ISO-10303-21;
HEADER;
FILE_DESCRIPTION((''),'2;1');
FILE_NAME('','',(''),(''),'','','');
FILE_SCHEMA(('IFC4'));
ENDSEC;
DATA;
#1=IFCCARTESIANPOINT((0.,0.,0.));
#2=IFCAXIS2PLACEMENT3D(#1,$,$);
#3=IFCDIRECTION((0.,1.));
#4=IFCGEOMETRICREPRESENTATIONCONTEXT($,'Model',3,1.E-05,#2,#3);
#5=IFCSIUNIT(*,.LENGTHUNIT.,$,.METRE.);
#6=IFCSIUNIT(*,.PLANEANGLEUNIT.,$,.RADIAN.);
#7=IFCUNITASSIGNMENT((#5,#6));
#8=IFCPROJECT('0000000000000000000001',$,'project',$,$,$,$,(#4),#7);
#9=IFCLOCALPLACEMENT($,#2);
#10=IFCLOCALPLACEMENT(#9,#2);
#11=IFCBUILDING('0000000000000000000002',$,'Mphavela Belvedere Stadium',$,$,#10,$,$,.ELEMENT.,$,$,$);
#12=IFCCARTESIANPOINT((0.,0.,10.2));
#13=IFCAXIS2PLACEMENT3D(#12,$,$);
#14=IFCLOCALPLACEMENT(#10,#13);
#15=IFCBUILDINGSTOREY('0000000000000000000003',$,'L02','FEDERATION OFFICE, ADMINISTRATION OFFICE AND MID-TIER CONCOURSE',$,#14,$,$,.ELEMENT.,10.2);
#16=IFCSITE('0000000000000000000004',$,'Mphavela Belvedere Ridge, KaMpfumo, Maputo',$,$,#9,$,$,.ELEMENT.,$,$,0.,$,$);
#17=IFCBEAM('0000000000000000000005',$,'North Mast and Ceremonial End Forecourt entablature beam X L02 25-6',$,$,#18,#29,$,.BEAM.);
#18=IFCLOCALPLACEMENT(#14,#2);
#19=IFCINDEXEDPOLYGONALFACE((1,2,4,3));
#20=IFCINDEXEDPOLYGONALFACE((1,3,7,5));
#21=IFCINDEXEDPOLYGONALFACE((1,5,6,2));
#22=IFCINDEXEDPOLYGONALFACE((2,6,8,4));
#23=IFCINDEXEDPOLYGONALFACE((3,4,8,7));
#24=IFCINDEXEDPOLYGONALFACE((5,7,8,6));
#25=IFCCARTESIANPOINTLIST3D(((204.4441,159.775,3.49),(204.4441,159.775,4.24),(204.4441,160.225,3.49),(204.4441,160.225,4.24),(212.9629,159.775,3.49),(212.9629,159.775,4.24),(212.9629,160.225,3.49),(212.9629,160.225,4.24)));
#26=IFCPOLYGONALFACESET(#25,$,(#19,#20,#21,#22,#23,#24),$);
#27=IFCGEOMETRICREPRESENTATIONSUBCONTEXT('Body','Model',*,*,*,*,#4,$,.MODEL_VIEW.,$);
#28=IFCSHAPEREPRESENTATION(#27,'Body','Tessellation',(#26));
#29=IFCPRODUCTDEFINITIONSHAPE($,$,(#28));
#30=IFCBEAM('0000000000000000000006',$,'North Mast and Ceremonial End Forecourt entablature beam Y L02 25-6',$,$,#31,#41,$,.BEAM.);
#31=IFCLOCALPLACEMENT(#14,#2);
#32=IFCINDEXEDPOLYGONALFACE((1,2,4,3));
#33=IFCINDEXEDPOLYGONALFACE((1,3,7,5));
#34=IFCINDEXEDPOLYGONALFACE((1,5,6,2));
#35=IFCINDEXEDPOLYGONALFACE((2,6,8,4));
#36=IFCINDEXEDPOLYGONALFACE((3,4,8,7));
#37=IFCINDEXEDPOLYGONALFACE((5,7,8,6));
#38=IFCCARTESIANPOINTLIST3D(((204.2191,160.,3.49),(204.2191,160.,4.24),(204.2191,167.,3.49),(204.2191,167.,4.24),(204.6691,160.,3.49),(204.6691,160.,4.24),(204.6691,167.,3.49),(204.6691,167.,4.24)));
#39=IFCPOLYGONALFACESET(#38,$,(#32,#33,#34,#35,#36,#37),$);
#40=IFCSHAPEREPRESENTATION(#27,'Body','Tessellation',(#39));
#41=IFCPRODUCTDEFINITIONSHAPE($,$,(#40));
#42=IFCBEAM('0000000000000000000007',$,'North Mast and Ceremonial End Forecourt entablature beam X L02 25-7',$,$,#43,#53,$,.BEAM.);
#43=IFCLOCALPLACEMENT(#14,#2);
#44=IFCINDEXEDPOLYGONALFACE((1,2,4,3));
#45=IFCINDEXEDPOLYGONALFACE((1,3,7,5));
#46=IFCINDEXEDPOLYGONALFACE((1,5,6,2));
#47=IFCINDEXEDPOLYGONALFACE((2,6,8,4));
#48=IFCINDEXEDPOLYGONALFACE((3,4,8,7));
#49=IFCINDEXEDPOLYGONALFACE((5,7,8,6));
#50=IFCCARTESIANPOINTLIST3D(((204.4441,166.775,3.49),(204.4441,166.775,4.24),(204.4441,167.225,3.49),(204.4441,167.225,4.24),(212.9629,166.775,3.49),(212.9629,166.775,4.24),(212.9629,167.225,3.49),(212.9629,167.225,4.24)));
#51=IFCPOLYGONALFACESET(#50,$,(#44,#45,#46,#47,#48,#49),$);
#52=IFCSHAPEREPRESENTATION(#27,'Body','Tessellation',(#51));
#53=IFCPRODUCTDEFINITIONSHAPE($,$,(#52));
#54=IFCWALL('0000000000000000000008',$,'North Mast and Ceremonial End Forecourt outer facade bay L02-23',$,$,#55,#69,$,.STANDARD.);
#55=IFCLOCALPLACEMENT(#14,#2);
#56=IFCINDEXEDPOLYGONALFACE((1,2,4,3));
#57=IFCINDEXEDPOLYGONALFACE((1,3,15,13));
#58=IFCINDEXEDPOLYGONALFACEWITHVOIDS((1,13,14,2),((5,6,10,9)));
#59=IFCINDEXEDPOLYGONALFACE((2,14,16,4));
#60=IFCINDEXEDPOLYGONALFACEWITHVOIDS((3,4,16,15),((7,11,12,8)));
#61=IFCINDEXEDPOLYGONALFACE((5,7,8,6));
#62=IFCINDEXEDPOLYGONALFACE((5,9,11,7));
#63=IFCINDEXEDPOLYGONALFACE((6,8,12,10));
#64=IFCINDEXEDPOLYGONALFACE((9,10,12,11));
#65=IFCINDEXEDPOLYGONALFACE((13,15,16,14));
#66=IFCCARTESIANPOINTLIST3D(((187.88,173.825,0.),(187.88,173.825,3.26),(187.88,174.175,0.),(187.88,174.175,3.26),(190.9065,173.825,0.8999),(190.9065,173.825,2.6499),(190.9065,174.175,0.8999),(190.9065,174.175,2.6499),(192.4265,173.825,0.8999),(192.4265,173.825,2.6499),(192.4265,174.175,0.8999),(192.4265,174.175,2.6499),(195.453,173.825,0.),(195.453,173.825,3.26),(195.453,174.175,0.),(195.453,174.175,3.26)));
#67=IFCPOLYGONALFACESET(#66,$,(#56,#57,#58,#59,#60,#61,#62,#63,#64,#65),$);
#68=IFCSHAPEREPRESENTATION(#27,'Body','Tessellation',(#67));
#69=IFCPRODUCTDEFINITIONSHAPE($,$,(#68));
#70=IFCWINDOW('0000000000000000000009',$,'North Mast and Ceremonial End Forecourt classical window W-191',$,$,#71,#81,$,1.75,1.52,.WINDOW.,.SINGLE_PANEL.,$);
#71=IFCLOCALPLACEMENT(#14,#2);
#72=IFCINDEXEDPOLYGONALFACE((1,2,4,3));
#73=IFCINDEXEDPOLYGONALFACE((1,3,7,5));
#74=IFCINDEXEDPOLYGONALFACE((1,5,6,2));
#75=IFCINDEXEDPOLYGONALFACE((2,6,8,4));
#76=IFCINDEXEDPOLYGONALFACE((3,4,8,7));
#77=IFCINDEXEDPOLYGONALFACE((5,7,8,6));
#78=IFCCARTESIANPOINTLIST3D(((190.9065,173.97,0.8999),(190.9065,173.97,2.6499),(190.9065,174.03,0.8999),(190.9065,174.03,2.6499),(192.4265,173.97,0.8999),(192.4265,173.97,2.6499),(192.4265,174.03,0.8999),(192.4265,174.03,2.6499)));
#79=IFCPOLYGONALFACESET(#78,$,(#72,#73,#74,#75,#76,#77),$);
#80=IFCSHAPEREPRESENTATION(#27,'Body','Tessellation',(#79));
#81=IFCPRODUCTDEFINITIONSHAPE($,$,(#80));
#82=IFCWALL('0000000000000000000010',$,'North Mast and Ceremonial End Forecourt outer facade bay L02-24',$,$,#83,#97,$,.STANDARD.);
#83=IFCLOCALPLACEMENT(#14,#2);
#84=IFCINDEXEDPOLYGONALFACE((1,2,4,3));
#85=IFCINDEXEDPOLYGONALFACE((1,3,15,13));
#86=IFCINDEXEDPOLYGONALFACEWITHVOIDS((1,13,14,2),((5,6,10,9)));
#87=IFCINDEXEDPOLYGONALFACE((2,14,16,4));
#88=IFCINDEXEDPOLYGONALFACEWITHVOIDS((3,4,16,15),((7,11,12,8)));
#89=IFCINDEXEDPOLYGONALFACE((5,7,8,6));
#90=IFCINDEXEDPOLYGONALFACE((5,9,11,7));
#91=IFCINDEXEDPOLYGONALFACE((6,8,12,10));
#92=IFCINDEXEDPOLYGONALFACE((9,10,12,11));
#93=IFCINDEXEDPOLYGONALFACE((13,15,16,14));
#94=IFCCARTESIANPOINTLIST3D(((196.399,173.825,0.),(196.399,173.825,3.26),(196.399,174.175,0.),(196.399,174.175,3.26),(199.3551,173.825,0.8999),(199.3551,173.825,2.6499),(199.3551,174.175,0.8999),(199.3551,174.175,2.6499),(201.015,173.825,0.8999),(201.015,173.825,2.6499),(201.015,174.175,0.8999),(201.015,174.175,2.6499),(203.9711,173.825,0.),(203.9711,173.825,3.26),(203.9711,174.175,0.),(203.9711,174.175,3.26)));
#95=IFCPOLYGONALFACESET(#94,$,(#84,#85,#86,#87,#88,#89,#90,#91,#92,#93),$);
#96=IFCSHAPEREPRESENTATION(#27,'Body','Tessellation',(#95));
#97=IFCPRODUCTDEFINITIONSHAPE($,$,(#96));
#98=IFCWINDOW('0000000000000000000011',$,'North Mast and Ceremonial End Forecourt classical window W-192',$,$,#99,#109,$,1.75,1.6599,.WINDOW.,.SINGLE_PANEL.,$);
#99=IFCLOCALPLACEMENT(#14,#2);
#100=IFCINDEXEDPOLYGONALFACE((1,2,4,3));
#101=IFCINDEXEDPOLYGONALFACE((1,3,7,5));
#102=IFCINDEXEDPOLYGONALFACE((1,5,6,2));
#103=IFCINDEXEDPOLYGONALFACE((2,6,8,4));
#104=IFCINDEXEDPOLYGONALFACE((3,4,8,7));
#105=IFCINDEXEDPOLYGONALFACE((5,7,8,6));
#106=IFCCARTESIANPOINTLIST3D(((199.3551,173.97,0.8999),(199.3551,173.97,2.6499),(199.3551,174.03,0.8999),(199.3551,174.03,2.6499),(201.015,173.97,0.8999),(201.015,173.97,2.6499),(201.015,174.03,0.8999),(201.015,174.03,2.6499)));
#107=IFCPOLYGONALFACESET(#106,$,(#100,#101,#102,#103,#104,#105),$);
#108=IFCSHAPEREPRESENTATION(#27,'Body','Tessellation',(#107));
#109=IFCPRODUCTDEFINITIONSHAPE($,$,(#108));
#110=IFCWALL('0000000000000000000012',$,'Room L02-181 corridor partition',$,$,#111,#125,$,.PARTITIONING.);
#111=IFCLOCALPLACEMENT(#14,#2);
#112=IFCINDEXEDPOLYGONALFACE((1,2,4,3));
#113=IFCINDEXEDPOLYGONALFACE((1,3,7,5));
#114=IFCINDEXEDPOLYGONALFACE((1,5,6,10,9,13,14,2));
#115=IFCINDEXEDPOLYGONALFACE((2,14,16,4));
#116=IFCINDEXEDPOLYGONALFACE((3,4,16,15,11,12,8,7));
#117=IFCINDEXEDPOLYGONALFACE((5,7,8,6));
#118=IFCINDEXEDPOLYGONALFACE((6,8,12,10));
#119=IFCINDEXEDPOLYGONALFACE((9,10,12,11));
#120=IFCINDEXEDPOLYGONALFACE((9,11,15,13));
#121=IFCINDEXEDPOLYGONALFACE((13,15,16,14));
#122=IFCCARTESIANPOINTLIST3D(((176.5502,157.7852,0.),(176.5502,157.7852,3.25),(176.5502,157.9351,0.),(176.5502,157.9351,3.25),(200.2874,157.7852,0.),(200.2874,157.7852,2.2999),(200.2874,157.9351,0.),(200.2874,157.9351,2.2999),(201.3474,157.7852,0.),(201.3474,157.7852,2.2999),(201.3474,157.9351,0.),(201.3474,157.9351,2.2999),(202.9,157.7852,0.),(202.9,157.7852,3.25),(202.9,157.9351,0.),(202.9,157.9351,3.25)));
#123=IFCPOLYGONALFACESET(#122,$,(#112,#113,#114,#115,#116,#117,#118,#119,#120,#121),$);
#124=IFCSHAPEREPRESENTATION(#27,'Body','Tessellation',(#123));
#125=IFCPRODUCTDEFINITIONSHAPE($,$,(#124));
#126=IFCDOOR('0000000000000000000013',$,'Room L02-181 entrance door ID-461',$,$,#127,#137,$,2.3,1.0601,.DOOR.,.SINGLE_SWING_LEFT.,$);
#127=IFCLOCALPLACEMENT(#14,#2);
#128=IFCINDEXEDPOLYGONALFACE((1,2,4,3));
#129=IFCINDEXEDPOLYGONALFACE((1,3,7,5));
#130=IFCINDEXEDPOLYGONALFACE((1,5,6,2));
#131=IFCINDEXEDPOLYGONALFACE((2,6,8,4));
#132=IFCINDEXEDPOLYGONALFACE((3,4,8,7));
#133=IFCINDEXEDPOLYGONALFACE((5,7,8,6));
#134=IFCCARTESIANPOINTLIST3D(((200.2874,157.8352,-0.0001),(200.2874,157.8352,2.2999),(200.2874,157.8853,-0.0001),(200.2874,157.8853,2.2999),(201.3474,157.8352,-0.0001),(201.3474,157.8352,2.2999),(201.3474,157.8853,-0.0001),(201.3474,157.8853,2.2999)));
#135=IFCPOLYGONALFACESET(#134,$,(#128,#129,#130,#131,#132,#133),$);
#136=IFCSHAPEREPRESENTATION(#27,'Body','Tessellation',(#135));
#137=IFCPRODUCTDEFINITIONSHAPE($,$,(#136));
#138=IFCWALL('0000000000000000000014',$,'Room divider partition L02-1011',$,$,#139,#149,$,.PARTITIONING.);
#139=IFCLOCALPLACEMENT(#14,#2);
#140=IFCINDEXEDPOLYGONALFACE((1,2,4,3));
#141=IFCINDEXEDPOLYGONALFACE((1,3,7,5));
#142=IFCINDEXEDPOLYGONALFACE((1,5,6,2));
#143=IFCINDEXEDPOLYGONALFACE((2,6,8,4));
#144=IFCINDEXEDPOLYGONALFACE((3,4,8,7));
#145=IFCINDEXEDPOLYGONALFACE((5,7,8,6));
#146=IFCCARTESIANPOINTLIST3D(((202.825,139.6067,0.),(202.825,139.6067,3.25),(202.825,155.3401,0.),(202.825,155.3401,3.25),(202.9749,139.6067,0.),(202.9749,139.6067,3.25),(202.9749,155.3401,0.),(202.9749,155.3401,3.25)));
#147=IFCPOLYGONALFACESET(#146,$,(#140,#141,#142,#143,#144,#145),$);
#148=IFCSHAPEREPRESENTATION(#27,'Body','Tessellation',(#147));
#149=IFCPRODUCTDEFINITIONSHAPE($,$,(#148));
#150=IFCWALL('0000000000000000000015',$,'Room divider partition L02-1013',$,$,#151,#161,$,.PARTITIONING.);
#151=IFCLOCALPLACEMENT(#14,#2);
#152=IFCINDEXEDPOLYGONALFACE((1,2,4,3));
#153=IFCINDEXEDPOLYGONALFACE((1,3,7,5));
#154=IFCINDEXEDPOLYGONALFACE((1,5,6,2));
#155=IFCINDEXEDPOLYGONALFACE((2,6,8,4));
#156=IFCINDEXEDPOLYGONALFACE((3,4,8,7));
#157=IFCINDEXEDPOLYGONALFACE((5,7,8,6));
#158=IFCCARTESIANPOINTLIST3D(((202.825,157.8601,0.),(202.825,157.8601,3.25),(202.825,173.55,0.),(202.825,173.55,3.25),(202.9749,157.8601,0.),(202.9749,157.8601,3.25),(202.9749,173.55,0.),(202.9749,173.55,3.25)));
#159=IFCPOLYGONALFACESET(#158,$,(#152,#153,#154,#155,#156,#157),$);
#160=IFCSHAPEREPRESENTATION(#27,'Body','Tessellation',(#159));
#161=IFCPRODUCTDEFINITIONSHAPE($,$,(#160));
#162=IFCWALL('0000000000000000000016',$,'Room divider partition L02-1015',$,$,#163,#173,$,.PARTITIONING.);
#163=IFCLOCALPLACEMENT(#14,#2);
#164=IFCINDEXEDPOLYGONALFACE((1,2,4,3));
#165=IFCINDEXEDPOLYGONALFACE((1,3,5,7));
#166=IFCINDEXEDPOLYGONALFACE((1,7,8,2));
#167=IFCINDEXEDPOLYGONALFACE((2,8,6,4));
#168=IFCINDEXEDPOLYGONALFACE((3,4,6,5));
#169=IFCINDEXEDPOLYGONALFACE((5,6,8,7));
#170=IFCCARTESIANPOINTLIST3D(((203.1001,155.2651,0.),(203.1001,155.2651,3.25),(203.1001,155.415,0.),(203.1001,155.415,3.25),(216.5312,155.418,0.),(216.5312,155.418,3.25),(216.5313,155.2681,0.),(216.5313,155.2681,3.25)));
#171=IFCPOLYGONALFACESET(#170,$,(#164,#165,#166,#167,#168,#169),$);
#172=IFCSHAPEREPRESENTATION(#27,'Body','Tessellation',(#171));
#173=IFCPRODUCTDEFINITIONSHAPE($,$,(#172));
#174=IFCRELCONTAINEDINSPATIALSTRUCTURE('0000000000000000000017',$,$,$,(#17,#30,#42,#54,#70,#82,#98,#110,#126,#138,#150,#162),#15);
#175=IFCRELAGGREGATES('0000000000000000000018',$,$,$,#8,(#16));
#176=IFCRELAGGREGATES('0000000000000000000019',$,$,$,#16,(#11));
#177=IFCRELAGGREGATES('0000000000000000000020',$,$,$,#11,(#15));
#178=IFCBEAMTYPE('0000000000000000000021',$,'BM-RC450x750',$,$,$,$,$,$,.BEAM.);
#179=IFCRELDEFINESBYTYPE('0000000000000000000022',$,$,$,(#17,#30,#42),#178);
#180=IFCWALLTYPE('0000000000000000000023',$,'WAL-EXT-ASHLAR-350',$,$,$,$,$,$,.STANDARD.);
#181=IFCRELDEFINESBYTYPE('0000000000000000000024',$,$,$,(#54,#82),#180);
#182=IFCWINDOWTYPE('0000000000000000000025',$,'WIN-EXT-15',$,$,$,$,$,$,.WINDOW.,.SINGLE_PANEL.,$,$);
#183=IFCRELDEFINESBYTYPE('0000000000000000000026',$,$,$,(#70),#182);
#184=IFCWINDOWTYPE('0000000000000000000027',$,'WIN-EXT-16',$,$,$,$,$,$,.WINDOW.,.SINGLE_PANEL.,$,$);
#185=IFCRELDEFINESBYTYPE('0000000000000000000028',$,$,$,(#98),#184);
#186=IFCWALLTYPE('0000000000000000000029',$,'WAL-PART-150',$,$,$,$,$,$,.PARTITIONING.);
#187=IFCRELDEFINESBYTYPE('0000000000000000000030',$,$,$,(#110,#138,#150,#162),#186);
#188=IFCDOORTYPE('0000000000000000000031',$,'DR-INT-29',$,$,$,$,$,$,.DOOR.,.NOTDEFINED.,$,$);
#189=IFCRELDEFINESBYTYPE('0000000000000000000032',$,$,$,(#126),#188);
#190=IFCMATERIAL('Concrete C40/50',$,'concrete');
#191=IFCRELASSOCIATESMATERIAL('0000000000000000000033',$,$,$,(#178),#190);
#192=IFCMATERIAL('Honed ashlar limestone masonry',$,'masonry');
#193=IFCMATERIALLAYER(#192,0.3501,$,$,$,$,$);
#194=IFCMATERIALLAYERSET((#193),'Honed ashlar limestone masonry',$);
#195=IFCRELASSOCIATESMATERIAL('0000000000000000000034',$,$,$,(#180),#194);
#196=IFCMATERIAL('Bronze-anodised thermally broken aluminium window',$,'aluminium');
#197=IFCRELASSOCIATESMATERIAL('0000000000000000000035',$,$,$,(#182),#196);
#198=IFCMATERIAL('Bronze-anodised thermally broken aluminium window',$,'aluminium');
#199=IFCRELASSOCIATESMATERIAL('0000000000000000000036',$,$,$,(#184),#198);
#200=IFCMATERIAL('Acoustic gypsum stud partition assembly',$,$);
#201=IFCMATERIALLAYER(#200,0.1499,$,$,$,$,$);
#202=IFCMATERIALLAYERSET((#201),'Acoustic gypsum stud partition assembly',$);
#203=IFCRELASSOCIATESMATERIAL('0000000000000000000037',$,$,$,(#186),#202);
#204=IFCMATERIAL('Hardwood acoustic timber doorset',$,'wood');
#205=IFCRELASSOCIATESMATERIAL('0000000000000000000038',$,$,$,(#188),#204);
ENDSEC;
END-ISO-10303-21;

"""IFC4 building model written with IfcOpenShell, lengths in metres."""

from ifc_helpers import new_model, si_unit, direction, frame, frame_2d, origin, origin_2d, place, context, subcontext, project, spatial, rectangle, extrude, material, layer, layer_set, material_profile, profile_set, type_object, element, fill, save


model = new_model("IFC4")

# Units and contexts
model_context = context("Model", 3, precision=1e-05, world=origin(), true_north=direction((0.0, 1.0)))
body_context = subcontext(model_context, "Body", "Model", "MODEL_VIEW")
ifc_project = project(units=[si_unit("LENGTHUNIT", "METRE"), si_unit("PLANEANGLEUNIT", "RADIAN")], contexts=[model_context])

# Site, building, storey
site_placement = place(None, origin())
site = spatial("IfcSite", under=ifc_project, at=site_placement, Name="Mphavela Belvedere Ridge, KaMpfumo, Maputo", CompositionType="ELEMENT", RefElevation=0.0)
building_placement = place(site_placement, origin())
building = spatial("IfcBuilding", under=site, at=building_placement, Name="Mphavela Belvedere Stadium", CompositionType="ELEMENT")
storey_placement = place(building_placement, frame((0.0, 0.0, 10.2)))
storey = spatial("IfcBuildingStorey", under=building, at=storey_placement, Name="L02", Description="FEDERATION OFFICE, ADMINISTRATION OFFICE AND MID-TIER CONCOURSE", CompositionType="ELEMENT", Elevation=10.2)

# Beams
ifc_material_1 = material(Name="Concrete C40/50", Category="concrete")
ifc_material_profile_1 = material_profile(ifc_material_1, rectangle(XDim=0.45, YDim=0.75, at=origin_2d()), Name="RC 450x750")
ifc_profile_set_1 = profile_set([ifc_material_profile_1], Name="Concrete C40/50")
beam_type_1 = type_object("IfcBeamType", Name="BM-RC450x750", PredefinedType="BEAM", material=ifc_profile_set_1)
beam_1_placement = place(storey_placement, frame((204.4441, 160.0, 3.865), z_axis=(1.0, 0.0, 0.0), x_axis=(0.0, 1.0, 0.0)))
element("IfcBeam", 1, at=beam_1_placement, inside=storey, type_object=beam_type_1, Name="North Mast and Ceremonial End Forecourt entablature beam X L02 25-6", PredefinedType="BEAM", context=body_context, shape_type="SweptSolid", body=[
    extrude(rectangle(XDim=0.45, YDim=0.75, at=origin_2d()), origin(), (0.0, 0.0, 1.0), 8.5188),
])
beam_2_placement = place(storey_placement, frame((204.4441, 160.0, 3.865), z_axis=(0.0, 1.0, 0.0), x_axis=(-1.0, 0.0, 0.0)))
element("IfcBeam", 2, at=beam_2_placement, inside=storey, type_object=beam_type_1, Name="North Mast and Ceremonial End Forecourt entablature beam Y L02 25-6", PredefinedType="BEAM", context=body_context, shape_type="SweptSolid", body=[
    extrude(rectangle(XDim=0.45, YDim=0.75, at=origin_2d()), origin(), (0.0, 0.0, 1.0), 7.0),
])
beam_3_placement = place(storey_placement, frame((204.4441, 167.0, 3.865), z_axis=(1.0, 0.0, 0.0), x_axis=(0.0, 1.0, 0.0)))
element("IfcBeam", 3, at=beam_3_placement, inside=storey, type_object=beam_type_1, Name="North Mast and Ceremonial End Forecourt entablature beam X L02 25-7", PredefinedType="BEAM", context=body_context, shape_type="SweptSolid", body=[
    extrude(rectangle(XDim=0.45, YDim=0.75, at=origin_2d()), origin(), (0.0, 0.0, 1.0), 8.5188),
])

# Walls, openings, windows
ifc_material_2 = material(Name="Honed ashlar limestone masonry", Category="masonry")
ifc_layer_1 = layer(ifc_material_2, 0.3501)
ifc_layer_set_1 = layer_set([ifc_layer_1], Name="Honed ashlar limestone masonry")
wall_type_1 = type_object("IfcWallType", Name="WAL-EXT-ASHLAR-350", PredefinedType="STANDARD", material=ifc_layer_set_1)
wall_1_placement = place(storey_placement, frame((187.8799, 174.0, 0.0), z_axis=(0.0, 0.0, 1.0), x_axis=(1.0, 0.0, 0.0)))
wall_1 = element("IfcWall", 4, at=wall_1_placement, inside=storey, type_object=wall_type_1, Name="North Mast and Ceremonial End Forecourt outer facade bay L02-23", PredefinedType="STANDARD", context=body_context, shape_type="SweptSolid", body=[
    extrude(rectangle(XDim=7.573, YDim=0.3501, at=frame_2d((3.7866, 0.0))), origin(), (0.0, 0.0, 1.0), 3.26),
])
opening_1_placement = place(wall_1_placement, frame((3.0266, 0.0, 0.8999)))
opening_1 = element("IfcOpeningElement", 5, at=opening_1_placement, cuts=wall_1, PredefinedType="OPENING", context=body_context, shape_type="SweptSolid", body=[
    extrude(rectangle(XDim=1.52, YDim=1.75, at=frame_2d((0.76, 0.875))), frame((0.0, 0.1851, 0.0), z_axis=(0.0, -1.0, 0.0), x_axis=(1.0, 0.0, 0.0)), (0.0, 0.0, 1.0), 0.3701),
])
ifc_material_3 = material(Name="Bronze-anodised thermally broken aluminium window", Category="aluminium")
window_type_1 = type_object("IfcWindowType", Name="WIN-EXT-15", PartitioningType="SINGLE_PANEL", PredefinedType="WINDOW", material=ifc_material_3)
window_1_placement = place(opening_1_placement, origin())
window_1 = element("IfcWindow", 6, at=window_1_placement, inside=storey, type_object=window_type_1, Name="North Mast and Ceremonial End Forecourt classical window W-191", OverallHeight=1.75, OverallWidth=1.52, PartitioningType="SINGLE_PANEL", PredefinedType="WINDOW", context=body_context, shape_type="SweptSolid", body=[
    extrude(rectangle(XDim=1.52, YDim=1.75, at=frame_2d((0.76, 0.875))), frame((0.0, 0.03, 0.0), z_axis=(0.0, -1.0, 0.0), x_axis=(1.0, 0.0, 0.0)), (0.0, 0.0, 1.0), 0.0601),
])
fill(opening_1, window_1)
wall_2_placement = place(storey_placement, frame((196.3989, 174.0, 0.0), z_axis=(0.0, 0.0, 1.0), x_axis=(1.0, 0.0, 0.0)))
wall_2 = element("IfcWall", 7, at=wall_2_placement, inside=storey, type_object=wall_type_1, Name="North Mast and Ceremonial End Forecourt outer facade bay L02-24", PredefinedType="STANDARD", context=body_context, shape_type="SweptSolid", body=[
    extrude(rectangle(XDim=7.572, YDim=0.3501, at=frame_2d((3.7861, 0.0))), origin(), (0.0, 0.0, 1.0), 3.26),
])
opening_2_placement = place(wall_2_placement, frame((2.9561, 0.0, 0.8999)))
opening_2 = element("IfcOpeningElement", 8, at=opening_2_placement, cuts=wall_2, PredefinedType="OPENING", context=body_context, shape_type="SweptSolid", body=[
    extrude(rectangle(XDim=1.6599, YDim=1.75, at=frame_2d((0.8301, 0.875))), frame((0.0, 0.1851, 0.0), z_axis=(0.0, -1.0, 0.0), x_axis=(1.0, 0.0, 0.0)), (0.0, 0.0, 1.0), 0.3701),
])
ifc_material_4 = material(Name="Bronze-anodised thermally broken aluminium window", Category="aluminium")
window_type_2 = type_object("IfcWindowType", Name="WIN-EXT-16", PartitioningType="SINGLE_PANEL", PredefinedType="WINDOW", material=ifc_material_4)
window_2_placement = place(opening_2_placement, origin())
window_2 = element("IfcWindow", 9, at=window_2_placement, inside=storey, type_object=window_type_2, Name="North Mast and Ceremonial End Forecourt classical window W-192", OverallHeight=1.75, OverallWidth=1.6599, PartitioningType="SINGLE_PANEL", PredefinedType="WINDOW", context=body_context, shape_type="SweptSolid", body=[
    extrude(rectangle(XDim=1.6599, YDim=1.75, at=frame_2d((0.8301, 0.875))), frame((0.0, 0.03, 0.0), z_axis=(0.0, -1.0, 0.0), x_axis=(1.0, 0.0, 0.0)), (0.0, 0.0, 1.0), 0.0601),
])
fill(opening_2, window_2)

# Wall, opening, door
ifc_material_5 = material(Name="Acoustic gypsum stud partition assembly")
ifc_layer_2 = layer(ifc_material_5, 0.1499)
ifc_layer_set_2 = layer_set([ifc_layer_2], Name="Acoustic gypsum stud partition assembly")
wall_type_2 = type_object("IfcWallType", Name="WAL-PART-150", PredefinedType="PARTITIONING", material=ifc_layer_set_2)
wall_3_placement = place(storey_placement, frame((202.8999, 157.8601, 0.0), z_axis=(0.0, 0.0, 1.0), x_axis=(-1.0, 0.0, 0.0)))
wall_3 = element("IfcWall", 10, at=wall_3_placement, inside=storey, type_object=wall_type_2, Name="Room L02-181 corridor partition", PredefinedType="PARTITIONING", context=body_context, shape_type="SweptSolid", body=[
    extrude(rectangle(XDim=26.3499, YDim=0.1499, at=frame_2d((13.1748, 0.0))), origin(), (0.0, 0.0, 1.0), 3.25),
])
opening_3_placement = place(wall_3_placement, frame((1.5525, 0.0, 0.0)))
opening_3 = element("IfcOpeningElement", 11, at=opening_3_placement, cuts=wall_3, PredefinedType="OPENING", context=body_context, shape_type="SweptSolid", body=[
    extrude(rectangle(XDim=1.0601, YDim=2.3, at=frame_2d((0.53, 1.1499))), frame((0.0, 0.085, 0.0), z_axis=(0.0, -1.0, 0.0), x_axis=(1.0, 0.0, 0.0)), (0.0, 0.0, 1.0), 0.1699),
])
ifc_material_6 = material(Name="Hardwood acoustic timber doorset", Category="wood")
door_type = type_object("IfcDoorType", Name="DR-INT-29", OperationType="NOTDEFINED", PredefinedType="DOOR", material=ifc_material_6)
door_placement = place(opening_3_placement, origin())
door = element("IfcDoor", 12, at=door_placement, inside=storey, type_object=door_type, Name="Room L02-181 entrance door ID-461", OperationType="SINGLE_SWING_LEFT", OverallHeight=2.3, OverallWidth=1.0601, PredefinedType="DOOR", context=body_context, shape_type="SweptSolid", body=[
    extrude(rectangle(XDim=1.0601, YDim=2.3, at=frame_2d((0.53, 1.1499))), frame((0.0, 0.0249, 0.0), z_axis=(0.0, -1.0, 0.0), x_axis=(1.0, 0.0, 0.0)), (0.0, 0.0, 1.0), 0.05),
])
fill(opening_3, door)

# Walls
wall_4_placement = place(storey_placement, frame((202.8999, 155.3401, 0.0), z_axis=(0.0, 0.0, 1.0), x_axis=(0.0, -1.0, 0.0)))
element("IfcWall", 13, at=wall_4_placement, inside=storey, type_object=wall_type_2, Name="Room divider partition L02-1011", PredefinedType="PARTITIONING", context=body_context, shape_type="SweptSolid", body=[
    extrude(rectangle(XDim=15.7334, YDim=0.1499, at=frame_2d((7.8667, 0.0))), origin(), (0.0, 0.0, 1.0), 3.25),
])
wall_5_placement = place(storey_placement, frame((202.8999, 173.55, 0.0), z_axis=(0.0, 0.0, 1.0), x_axis=(0.0, -1.0, 0.0)))
element("IfcWall", 14, at=wall_5_placement, inside=storey, type_object=wall_type_2, Name="Room divider partition L02-1013", PredefinedType="PARTITIONING", context=body_context, shape_type="SweptSolid", body=[
    extrude(rectangle(XDim=15.6899, YDim=0.1499, at=frame_2d((7.845, 0.0))), origin(), (0.0, 0.0, 1.0), 3.25),
])
wall_6_placement = place(storey_placement, frame((203.1001, 155.3401, 0.0), z_axis=(0.0, 0.0, 1.0), x_axis=(1.0, 0.000218, 0.0)))
element("IfcWall", 15, at=wall_6_placement, inside=storey, type_object=wall_type_2, Name="Room divider partition L02-1015", PredefinedType="PARTITIONING", context=body_context, shape_type="SweptSolid", body=[
    extrude(rectangle(XDim=13.4312, YDim=0.1499, at=frame_2d((6.7156, 0.0))), origin(), (0.0, 0.0, 1.0), 3.25),
])

save(model, "model.ifc")
